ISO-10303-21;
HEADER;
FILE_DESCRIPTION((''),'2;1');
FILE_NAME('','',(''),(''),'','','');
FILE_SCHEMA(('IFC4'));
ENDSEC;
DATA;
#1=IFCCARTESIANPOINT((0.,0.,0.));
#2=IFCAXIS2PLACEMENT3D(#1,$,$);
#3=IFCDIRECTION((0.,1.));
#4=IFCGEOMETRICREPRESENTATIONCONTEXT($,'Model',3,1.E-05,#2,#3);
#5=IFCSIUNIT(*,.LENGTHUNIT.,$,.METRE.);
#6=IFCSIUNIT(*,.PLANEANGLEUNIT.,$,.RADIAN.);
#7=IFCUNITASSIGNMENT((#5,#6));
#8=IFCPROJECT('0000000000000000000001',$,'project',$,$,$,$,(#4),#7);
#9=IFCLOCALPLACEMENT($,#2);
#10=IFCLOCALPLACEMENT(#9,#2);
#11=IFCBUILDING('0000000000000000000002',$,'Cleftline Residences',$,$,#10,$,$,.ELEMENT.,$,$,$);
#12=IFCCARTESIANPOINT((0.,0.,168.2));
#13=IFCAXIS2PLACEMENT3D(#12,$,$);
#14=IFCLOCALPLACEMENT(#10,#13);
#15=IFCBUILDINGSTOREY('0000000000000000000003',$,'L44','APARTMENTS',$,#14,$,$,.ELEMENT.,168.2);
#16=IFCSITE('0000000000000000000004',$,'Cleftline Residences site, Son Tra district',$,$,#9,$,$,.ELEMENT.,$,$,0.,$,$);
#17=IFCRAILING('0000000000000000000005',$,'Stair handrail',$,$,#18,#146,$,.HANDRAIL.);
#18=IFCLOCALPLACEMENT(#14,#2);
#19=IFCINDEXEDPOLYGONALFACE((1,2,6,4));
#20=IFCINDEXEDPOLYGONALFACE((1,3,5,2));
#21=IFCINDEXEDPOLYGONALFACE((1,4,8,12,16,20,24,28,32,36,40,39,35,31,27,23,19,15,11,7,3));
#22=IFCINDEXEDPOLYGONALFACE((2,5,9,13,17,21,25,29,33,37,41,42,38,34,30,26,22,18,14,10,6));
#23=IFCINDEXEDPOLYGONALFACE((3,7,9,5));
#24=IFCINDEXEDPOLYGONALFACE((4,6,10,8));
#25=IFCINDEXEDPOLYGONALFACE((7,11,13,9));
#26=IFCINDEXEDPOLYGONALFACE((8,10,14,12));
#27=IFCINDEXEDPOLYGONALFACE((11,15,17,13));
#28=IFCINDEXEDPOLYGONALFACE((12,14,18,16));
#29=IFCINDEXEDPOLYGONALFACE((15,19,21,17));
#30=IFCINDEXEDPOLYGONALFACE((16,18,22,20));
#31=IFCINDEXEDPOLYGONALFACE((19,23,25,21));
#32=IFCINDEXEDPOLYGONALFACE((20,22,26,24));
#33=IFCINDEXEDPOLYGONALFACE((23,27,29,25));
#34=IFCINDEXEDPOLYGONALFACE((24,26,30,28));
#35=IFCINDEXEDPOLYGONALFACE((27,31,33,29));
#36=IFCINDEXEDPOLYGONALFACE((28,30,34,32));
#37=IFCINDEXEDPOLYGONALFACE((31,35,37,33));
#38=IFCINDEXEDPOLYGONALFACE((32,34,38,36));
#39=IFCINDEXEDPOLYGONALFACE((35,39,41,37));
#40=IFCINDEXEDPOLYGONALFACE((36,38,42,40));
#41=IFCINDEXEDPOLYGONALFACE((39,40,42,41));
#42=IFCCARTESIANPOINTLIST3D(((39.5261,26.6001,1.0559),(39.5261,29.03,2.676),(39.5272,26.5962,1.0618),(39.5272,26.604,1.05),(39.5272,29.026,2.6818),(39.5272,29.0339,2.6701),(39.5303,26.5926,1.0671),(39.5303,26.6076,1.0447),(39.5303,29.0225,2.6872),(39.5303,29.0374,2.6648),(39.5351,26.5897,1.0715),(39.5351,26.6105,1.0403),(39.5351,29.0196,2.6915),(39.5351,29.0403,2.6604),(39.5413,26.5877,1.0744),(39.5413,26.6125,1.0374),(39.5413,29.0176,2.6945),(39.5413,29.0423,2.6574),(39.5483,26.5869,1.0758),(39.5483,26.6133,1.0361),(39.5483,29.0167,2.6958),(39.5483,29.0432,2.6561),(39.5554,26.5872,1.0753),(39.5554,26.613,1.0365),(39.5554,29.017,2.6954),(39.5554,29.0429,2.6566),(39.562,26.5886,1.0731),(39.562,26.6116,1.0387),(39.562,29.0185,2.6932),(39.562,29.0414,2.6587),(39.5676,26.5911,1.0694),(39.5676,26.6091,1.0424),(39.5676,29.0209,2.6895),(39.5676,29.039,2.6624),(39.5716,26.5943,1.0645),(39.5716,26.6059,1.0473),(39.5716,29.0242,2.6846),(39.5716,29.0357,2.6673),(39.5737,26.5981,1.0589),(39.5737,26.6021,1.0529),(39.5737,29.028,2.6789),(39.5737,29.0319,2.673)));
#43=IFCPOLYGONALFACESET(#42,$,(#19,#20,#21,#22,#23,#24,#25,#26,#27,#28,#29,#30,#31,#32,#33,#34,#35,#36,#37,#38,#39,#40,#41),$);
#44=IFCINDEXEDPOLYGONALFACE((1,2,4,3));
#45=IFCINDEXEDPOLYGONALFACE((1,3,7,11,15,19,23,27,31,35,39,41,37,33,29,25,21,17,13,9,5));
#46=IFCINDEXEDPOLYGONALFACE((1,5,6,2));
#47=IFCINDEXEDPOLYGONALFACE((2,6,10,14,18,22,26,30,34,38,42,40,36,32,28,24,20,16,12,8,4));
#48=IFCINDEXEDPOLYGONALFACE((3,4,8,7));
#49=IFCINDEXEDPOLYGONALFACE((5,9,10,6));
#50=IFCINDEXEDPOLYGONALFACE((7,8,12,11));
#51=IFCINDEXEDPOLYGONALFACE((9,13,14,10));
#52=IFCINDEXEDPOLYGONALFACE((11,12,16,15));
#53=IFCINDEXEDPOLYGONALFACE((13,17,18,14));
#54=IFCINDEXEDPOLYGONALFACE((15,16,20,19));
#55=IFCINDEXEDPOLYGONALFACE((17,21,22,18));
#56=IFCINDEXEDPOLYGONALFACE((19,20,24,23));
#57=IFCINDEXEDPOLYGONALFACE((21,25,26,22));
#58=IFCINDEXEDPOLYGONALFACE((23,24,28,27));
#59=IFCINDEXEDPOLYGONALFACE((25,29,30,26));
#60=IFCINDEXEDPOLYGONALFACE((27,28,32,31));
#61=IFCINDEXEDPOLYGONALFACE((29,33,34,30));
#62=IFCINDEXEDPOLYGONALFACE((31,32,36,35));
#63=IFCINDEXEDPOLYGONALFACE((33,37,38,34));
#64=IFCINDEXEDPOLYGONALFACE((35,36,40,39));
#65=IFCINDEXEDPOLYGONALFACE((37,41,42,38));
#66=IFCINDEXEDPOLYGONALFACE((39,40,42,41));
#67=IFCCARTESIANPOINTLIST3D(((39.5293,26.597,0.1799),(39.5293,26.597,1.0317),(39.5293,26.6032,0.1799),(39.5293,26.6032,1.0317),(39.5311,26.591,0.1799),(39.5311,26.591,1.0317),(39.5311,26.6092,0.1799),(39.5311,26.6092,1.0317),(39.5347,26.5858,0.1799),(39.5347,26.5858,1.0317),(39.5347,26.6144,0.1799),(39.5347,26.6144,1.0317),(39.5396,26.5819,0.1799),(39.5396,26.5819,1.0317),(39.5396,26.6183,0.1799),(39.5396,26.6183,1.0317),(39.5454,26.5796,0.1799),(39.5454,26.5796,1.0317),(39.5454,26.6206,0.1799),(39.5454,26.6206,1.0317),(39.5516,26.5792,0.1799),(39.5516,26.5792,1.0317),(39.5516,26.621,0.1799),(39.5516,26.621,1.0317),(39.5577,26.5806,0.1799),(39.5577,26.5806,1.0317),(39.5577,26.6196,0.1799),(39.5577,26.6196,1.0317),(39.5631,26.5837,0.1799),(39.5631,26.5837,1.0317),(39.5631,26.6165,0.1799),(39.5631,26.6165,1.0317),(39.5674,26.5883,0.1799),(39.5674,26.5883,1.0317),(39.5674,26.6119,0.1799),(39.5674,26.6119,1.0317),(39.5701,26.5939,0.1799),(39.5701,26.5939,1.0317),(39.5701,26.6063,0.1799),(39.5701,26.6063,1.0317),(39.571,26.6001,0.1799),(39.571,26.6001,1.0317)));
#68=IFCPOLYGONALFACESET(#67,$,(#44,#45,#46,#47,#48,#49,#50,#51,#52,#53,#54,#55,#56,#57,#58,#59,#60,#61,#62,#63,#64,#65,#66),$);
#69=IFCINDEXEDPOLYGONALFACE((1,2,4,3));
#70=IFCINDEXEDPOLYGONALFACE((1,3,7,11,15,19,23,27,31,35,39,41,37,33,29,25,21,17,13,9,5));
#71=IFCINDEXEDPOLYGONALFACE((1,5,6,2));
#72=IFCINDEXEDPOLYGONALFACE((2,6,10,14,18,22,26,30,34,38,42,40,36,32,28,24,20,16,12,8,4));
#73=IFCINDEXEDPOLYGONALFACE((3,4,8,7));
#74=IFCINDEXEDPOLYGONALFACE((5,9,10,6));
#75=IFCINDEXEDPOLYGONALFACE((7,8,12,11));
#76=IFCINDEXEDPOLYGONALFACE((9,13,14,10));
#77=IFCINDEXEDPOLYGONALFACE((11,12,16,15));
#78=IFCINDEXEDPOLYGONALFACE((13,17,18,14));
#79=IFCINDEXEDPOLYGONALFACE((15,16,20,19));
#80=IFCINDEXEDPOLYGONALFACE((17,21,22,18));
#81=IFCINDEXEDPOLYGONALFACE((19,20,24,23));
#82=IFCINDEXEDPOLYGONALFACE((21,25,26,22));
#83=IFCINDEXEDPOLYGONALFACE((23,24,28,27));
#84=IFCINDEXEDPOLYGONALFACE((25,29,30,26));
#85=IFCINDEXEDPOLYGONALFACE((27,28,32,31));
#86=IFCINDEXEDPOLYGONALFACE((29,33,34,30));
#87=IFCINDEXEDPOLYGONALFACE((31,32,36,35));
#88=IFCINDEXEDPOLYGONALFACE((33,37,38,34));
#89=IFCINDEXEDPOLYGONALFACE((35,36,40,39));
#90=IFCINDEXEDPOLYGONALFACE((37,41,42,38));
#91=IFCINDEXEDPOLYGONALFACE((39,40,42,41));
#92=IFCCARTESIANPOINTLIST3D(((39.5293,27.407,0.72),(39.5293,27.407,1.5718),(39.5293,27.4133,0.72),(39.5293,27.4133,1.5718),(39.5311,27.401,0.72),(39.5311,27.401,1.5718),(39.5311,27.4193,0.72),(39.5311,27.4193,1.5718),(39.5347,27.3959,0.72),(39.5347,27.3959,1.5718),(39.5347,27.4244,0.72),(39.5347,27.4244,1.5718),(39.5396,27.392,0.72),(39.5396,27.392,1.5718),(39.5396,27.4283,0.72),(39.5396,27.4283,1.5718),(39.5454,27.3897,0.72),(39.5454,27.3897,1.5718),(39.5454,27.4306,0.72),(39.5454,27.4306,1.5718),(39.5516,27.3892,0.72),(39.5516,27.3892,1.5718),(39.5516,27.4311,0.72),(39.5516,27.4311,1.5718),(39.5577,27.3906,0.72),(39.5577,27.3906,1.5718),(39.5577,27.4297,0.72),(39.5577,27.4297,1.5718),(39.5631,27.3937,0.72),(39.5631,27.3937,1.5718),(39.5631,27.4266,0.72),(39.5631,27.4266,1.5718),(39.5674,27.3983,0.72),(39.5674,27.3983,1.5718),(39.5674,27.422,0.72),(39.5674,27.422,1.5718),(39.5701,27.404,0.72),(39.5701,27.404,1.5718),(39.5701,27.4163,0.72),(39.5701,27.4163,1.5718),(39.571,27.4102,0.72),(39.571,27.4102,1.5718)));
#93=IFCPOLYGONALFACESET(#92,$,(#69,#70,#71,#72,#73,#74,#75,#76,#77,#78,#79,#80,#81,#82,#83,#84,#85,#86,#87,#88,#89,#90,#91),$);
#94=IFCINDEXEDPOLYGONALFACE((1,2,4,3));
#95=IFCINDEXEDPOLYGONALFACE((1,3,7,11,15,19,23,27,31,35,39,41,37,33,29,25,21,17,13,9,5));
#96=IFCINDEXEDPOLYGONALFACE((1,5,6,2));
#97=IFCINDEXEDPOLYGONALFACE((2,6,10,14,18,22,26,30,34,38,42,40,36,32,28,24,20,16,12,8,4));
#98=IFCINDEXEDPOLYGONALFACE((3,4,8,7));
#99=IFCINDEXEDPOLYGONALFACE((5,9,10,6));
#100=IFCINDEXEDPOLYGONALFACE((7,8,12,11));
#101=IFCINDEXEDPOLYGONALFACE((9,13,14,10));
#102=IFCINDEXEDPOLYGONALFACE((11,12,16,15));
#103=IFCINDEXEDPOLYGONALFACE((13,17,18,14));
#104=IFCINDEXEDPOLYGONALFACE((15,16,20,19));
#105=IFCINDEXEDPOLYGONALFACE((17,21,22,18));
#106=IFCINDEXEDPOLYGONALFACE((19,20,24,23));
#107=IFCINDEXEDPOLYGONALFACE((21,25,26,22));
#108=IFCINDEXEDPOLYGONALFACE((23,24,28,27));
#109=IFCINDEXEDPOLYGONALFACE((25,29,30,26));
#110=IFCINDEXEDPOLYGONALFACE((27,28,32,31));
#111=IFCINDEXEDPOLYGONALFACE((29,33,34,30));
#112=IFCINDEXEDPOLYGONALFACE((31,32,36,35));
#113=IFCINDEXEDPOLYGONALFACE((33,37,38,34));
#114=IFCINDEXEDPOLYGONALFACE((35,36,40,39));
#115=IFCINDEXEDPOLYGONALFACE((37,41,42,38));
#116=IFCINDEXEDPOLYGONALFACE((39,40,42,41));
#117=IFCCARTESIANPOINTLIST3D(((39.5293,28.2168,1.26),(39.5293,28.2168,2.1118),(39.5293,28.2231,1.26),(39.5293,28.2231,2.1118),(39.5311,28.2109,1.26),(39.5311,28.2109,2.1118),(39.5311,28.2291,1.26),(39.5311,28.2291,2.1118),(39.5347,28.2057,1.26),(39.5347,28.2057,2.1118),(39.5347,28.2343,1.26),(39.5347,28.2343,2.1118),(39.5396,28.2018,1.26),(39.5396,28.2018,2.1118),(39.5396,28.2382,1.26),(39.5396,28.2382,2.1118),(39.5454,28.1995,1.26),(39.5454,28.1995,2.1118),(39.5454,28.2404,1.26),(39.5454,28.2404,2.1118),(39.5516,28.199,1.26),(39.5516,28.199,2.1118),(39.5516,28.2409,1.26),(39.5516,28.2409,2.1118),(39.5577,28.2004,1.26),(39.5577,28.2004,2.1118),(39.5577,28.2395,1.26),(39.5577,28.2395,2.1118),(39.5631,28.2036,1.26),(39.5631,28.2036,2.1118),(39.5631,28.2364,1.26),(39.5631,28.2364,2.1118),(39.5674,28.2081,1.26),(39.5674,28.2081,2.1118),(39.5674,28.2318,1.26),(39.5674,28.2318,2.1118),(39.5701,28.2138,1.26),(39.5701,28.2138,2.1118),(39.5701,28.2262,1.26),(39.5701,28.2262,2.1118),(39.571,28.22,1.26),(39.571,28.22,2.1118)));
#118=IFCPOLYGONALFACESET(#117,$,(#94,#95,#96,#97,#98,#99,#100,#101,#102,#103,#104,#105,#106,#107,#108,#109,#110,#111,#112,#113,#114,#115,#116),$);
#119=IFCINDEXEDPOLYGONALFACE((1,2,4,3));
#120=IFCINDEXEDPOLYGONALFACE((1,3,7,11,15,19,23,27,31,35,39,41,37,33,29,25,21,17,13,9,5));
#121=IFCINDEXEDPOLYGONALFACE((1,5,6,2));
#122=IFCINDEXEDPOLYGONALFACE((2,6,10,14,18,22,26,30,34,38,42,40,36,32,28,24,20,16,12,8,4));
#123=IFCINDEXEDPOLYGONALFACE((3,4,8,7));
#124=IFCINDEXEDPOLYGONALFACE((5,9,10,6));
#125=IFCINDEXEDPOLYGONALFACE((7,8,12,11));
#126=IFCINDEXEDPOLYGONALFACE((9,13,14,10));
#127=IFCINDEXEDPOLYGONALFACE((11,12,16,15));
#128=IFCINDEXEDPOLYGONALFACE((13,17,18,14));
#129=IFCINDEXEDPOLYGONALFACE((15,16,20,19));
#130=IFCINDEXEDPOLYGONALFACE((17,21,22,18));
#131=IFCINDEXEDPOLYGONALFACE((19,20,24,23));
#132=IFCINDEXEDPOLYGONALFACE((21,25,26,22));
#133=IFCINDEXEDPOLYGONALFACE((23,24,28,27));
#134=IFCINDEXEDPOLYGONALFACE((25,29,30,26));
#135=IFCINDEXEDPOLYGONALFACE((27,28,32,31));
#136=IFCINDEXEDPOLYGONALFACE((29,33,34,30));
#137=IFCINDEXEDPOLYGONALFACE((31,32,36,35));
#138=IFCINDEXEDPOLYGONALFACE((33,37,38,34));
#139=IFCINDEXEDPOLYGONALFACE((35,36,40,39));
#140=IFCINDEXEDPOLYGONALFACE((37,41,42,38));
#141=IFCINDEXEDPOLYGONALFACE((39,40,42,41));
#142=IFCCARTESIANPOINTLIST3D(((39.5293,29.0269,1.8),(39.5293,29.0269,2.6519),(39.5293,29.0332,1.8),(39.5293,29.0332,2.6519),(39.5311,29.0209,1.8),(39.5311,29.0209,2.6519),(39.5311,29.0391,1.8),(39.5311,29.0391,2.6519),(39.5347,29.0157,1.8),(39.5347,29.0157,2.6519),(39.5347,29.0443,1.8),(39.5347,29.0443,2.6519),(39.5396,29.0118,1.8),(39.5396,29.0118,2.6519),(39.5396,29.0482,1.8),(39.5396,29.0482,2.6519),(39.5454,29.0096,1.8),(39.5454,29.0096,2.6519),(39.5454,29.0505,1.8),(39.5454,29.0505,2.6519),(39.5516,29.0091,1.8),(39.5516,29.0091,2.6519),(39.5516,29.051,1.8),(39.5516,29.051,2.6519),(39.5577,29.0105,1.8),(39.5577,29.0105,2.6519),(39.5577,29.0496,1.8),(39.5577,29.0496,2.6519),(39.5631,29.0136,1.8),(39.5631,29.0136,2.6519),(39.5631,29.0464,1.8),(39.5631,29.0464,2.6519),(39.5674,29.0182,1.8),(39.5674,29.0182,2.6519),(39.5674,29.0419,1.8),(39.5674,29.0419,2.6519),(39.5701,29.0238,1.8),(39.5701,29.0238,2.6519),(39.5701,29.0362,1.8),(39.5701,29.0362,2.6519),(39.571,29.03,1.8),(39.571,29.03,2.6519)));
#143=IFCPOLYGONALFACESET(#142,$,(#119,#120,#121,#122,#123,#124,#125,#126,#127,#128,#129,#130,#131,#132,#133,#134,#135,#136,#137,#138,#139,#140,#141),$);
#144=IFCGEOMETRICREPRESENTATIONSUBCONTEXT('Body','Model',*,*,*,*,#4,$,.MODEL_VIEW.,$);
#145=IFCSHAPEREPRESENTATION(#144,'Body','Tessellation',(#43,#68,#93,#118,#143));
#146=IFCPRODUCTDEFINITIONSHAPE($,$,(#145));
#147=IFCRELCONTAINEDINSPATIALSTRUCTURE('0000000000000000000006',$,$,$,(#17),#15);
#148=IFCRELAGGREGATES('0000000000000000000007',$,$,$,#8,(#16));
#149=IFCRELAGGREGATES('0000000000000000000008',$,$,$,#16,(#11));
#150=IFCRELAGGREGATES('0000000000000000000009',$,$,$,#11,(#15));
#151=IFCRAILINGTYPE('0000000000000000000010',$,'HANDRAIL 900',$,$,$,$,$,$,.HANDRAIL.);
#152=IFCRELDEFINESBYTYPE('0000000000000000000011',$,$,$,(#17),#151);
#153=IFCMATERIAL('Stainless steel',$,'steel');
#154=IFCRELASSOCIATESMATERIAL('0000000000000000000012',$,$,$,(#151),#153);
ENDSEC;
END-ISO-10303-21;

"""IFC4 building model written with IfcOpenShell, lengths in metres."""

from ifc_helpers import new_model, si_unit, direction, frame, origin, origin_2d, place, context, subcontext, project, spatial, circle, extrude, material, type_object, element, save


model = new_model("IFC4")

# Units and contexts
model_context = context("Model", 3, precision=1e-05, world=origin(), true_north=direction((0.0, 1.0)))
body_context = subcontext(model_context, "Body", "Model", "MODEL_VIEW")
ifc_project = project(units=[si_unit("LENGTHUNIT", "METRE"), si_unit("PLANEANGLEUNIT", "RADIAN")], contexts=[model_context])

# Site, building, storey
site_placement = place(None, origin())
site = spatial("IfcSite", under=ifc_project, at=site_placement, Name="Cleftline Residences site, Son Tra district", CompositionType="ELEMENT", RefElevation=0.0)
building_placement = place(site_placement, origin())
building = spatial("IfcBuilding", under=site, at=building_placement, Name="Cleftline Residences", CompositionType="ELEMENT")
storey_placement = place(building_placement, frame((0.0, 0.0, 168.2)))
storey = spatial("IfcBuildingStorey", under=building, at=storey_placement, Name="L44", Description="APARTMENTS", CompositionType="ELEMENT", Elevation=168.2)

# Railing
ifc_material_1 = material(Name="Stainless steel", Category="steel")
railing_type = type_object("IfcRailingType", Name="HANDRAIL 900", PredefinedType="HANDRAIL", material=ifc_material_1)
railing_1_placement = place(storey_placement, frame((39.55, 26.6001, 0.1799)))
element("IfcRailing", 1, at=railing_1_placement, inside=storey, type_object=railing_type, Name="Stair handrail", PredefinedType="HANDRAIL", context=body_context, shape_type="SweptSolid", body=[
    extrude(circle(Radius=0.0239, at=origin_2d()), frame((0.0, 0.0, 0.876), z_axis=(0.0, 0.832025, 0.554739), x_axis=(-1.0, 0.0, 0.0)), (0.0, 0.0, 1.0), 2.9204),
    extrude(circle(Radius=0.021, at=origin_2d()), origin(), (0.0, 0.0, 1.0), 0.8518),
    extrude(circle(Radius=0.021, at=origin_2d()), frame((0.0, 0.8101, 0.54)), (0.0, 0.0, 1.0), 0.8518),
    extrude(circle(Radius=0.021, at=origin_2d()), frame((0.0, 1.6199, 1.0801)), (0.0, 0.0, 1.0), 0.8518),
    extrude(circle(Radius=0.021, at=origin_2d()), frame((0.0, 2.4299, 1.6201)), (0.0, 0.0, 1.0), 0.8518),
])

save(model, "model.ifc")
